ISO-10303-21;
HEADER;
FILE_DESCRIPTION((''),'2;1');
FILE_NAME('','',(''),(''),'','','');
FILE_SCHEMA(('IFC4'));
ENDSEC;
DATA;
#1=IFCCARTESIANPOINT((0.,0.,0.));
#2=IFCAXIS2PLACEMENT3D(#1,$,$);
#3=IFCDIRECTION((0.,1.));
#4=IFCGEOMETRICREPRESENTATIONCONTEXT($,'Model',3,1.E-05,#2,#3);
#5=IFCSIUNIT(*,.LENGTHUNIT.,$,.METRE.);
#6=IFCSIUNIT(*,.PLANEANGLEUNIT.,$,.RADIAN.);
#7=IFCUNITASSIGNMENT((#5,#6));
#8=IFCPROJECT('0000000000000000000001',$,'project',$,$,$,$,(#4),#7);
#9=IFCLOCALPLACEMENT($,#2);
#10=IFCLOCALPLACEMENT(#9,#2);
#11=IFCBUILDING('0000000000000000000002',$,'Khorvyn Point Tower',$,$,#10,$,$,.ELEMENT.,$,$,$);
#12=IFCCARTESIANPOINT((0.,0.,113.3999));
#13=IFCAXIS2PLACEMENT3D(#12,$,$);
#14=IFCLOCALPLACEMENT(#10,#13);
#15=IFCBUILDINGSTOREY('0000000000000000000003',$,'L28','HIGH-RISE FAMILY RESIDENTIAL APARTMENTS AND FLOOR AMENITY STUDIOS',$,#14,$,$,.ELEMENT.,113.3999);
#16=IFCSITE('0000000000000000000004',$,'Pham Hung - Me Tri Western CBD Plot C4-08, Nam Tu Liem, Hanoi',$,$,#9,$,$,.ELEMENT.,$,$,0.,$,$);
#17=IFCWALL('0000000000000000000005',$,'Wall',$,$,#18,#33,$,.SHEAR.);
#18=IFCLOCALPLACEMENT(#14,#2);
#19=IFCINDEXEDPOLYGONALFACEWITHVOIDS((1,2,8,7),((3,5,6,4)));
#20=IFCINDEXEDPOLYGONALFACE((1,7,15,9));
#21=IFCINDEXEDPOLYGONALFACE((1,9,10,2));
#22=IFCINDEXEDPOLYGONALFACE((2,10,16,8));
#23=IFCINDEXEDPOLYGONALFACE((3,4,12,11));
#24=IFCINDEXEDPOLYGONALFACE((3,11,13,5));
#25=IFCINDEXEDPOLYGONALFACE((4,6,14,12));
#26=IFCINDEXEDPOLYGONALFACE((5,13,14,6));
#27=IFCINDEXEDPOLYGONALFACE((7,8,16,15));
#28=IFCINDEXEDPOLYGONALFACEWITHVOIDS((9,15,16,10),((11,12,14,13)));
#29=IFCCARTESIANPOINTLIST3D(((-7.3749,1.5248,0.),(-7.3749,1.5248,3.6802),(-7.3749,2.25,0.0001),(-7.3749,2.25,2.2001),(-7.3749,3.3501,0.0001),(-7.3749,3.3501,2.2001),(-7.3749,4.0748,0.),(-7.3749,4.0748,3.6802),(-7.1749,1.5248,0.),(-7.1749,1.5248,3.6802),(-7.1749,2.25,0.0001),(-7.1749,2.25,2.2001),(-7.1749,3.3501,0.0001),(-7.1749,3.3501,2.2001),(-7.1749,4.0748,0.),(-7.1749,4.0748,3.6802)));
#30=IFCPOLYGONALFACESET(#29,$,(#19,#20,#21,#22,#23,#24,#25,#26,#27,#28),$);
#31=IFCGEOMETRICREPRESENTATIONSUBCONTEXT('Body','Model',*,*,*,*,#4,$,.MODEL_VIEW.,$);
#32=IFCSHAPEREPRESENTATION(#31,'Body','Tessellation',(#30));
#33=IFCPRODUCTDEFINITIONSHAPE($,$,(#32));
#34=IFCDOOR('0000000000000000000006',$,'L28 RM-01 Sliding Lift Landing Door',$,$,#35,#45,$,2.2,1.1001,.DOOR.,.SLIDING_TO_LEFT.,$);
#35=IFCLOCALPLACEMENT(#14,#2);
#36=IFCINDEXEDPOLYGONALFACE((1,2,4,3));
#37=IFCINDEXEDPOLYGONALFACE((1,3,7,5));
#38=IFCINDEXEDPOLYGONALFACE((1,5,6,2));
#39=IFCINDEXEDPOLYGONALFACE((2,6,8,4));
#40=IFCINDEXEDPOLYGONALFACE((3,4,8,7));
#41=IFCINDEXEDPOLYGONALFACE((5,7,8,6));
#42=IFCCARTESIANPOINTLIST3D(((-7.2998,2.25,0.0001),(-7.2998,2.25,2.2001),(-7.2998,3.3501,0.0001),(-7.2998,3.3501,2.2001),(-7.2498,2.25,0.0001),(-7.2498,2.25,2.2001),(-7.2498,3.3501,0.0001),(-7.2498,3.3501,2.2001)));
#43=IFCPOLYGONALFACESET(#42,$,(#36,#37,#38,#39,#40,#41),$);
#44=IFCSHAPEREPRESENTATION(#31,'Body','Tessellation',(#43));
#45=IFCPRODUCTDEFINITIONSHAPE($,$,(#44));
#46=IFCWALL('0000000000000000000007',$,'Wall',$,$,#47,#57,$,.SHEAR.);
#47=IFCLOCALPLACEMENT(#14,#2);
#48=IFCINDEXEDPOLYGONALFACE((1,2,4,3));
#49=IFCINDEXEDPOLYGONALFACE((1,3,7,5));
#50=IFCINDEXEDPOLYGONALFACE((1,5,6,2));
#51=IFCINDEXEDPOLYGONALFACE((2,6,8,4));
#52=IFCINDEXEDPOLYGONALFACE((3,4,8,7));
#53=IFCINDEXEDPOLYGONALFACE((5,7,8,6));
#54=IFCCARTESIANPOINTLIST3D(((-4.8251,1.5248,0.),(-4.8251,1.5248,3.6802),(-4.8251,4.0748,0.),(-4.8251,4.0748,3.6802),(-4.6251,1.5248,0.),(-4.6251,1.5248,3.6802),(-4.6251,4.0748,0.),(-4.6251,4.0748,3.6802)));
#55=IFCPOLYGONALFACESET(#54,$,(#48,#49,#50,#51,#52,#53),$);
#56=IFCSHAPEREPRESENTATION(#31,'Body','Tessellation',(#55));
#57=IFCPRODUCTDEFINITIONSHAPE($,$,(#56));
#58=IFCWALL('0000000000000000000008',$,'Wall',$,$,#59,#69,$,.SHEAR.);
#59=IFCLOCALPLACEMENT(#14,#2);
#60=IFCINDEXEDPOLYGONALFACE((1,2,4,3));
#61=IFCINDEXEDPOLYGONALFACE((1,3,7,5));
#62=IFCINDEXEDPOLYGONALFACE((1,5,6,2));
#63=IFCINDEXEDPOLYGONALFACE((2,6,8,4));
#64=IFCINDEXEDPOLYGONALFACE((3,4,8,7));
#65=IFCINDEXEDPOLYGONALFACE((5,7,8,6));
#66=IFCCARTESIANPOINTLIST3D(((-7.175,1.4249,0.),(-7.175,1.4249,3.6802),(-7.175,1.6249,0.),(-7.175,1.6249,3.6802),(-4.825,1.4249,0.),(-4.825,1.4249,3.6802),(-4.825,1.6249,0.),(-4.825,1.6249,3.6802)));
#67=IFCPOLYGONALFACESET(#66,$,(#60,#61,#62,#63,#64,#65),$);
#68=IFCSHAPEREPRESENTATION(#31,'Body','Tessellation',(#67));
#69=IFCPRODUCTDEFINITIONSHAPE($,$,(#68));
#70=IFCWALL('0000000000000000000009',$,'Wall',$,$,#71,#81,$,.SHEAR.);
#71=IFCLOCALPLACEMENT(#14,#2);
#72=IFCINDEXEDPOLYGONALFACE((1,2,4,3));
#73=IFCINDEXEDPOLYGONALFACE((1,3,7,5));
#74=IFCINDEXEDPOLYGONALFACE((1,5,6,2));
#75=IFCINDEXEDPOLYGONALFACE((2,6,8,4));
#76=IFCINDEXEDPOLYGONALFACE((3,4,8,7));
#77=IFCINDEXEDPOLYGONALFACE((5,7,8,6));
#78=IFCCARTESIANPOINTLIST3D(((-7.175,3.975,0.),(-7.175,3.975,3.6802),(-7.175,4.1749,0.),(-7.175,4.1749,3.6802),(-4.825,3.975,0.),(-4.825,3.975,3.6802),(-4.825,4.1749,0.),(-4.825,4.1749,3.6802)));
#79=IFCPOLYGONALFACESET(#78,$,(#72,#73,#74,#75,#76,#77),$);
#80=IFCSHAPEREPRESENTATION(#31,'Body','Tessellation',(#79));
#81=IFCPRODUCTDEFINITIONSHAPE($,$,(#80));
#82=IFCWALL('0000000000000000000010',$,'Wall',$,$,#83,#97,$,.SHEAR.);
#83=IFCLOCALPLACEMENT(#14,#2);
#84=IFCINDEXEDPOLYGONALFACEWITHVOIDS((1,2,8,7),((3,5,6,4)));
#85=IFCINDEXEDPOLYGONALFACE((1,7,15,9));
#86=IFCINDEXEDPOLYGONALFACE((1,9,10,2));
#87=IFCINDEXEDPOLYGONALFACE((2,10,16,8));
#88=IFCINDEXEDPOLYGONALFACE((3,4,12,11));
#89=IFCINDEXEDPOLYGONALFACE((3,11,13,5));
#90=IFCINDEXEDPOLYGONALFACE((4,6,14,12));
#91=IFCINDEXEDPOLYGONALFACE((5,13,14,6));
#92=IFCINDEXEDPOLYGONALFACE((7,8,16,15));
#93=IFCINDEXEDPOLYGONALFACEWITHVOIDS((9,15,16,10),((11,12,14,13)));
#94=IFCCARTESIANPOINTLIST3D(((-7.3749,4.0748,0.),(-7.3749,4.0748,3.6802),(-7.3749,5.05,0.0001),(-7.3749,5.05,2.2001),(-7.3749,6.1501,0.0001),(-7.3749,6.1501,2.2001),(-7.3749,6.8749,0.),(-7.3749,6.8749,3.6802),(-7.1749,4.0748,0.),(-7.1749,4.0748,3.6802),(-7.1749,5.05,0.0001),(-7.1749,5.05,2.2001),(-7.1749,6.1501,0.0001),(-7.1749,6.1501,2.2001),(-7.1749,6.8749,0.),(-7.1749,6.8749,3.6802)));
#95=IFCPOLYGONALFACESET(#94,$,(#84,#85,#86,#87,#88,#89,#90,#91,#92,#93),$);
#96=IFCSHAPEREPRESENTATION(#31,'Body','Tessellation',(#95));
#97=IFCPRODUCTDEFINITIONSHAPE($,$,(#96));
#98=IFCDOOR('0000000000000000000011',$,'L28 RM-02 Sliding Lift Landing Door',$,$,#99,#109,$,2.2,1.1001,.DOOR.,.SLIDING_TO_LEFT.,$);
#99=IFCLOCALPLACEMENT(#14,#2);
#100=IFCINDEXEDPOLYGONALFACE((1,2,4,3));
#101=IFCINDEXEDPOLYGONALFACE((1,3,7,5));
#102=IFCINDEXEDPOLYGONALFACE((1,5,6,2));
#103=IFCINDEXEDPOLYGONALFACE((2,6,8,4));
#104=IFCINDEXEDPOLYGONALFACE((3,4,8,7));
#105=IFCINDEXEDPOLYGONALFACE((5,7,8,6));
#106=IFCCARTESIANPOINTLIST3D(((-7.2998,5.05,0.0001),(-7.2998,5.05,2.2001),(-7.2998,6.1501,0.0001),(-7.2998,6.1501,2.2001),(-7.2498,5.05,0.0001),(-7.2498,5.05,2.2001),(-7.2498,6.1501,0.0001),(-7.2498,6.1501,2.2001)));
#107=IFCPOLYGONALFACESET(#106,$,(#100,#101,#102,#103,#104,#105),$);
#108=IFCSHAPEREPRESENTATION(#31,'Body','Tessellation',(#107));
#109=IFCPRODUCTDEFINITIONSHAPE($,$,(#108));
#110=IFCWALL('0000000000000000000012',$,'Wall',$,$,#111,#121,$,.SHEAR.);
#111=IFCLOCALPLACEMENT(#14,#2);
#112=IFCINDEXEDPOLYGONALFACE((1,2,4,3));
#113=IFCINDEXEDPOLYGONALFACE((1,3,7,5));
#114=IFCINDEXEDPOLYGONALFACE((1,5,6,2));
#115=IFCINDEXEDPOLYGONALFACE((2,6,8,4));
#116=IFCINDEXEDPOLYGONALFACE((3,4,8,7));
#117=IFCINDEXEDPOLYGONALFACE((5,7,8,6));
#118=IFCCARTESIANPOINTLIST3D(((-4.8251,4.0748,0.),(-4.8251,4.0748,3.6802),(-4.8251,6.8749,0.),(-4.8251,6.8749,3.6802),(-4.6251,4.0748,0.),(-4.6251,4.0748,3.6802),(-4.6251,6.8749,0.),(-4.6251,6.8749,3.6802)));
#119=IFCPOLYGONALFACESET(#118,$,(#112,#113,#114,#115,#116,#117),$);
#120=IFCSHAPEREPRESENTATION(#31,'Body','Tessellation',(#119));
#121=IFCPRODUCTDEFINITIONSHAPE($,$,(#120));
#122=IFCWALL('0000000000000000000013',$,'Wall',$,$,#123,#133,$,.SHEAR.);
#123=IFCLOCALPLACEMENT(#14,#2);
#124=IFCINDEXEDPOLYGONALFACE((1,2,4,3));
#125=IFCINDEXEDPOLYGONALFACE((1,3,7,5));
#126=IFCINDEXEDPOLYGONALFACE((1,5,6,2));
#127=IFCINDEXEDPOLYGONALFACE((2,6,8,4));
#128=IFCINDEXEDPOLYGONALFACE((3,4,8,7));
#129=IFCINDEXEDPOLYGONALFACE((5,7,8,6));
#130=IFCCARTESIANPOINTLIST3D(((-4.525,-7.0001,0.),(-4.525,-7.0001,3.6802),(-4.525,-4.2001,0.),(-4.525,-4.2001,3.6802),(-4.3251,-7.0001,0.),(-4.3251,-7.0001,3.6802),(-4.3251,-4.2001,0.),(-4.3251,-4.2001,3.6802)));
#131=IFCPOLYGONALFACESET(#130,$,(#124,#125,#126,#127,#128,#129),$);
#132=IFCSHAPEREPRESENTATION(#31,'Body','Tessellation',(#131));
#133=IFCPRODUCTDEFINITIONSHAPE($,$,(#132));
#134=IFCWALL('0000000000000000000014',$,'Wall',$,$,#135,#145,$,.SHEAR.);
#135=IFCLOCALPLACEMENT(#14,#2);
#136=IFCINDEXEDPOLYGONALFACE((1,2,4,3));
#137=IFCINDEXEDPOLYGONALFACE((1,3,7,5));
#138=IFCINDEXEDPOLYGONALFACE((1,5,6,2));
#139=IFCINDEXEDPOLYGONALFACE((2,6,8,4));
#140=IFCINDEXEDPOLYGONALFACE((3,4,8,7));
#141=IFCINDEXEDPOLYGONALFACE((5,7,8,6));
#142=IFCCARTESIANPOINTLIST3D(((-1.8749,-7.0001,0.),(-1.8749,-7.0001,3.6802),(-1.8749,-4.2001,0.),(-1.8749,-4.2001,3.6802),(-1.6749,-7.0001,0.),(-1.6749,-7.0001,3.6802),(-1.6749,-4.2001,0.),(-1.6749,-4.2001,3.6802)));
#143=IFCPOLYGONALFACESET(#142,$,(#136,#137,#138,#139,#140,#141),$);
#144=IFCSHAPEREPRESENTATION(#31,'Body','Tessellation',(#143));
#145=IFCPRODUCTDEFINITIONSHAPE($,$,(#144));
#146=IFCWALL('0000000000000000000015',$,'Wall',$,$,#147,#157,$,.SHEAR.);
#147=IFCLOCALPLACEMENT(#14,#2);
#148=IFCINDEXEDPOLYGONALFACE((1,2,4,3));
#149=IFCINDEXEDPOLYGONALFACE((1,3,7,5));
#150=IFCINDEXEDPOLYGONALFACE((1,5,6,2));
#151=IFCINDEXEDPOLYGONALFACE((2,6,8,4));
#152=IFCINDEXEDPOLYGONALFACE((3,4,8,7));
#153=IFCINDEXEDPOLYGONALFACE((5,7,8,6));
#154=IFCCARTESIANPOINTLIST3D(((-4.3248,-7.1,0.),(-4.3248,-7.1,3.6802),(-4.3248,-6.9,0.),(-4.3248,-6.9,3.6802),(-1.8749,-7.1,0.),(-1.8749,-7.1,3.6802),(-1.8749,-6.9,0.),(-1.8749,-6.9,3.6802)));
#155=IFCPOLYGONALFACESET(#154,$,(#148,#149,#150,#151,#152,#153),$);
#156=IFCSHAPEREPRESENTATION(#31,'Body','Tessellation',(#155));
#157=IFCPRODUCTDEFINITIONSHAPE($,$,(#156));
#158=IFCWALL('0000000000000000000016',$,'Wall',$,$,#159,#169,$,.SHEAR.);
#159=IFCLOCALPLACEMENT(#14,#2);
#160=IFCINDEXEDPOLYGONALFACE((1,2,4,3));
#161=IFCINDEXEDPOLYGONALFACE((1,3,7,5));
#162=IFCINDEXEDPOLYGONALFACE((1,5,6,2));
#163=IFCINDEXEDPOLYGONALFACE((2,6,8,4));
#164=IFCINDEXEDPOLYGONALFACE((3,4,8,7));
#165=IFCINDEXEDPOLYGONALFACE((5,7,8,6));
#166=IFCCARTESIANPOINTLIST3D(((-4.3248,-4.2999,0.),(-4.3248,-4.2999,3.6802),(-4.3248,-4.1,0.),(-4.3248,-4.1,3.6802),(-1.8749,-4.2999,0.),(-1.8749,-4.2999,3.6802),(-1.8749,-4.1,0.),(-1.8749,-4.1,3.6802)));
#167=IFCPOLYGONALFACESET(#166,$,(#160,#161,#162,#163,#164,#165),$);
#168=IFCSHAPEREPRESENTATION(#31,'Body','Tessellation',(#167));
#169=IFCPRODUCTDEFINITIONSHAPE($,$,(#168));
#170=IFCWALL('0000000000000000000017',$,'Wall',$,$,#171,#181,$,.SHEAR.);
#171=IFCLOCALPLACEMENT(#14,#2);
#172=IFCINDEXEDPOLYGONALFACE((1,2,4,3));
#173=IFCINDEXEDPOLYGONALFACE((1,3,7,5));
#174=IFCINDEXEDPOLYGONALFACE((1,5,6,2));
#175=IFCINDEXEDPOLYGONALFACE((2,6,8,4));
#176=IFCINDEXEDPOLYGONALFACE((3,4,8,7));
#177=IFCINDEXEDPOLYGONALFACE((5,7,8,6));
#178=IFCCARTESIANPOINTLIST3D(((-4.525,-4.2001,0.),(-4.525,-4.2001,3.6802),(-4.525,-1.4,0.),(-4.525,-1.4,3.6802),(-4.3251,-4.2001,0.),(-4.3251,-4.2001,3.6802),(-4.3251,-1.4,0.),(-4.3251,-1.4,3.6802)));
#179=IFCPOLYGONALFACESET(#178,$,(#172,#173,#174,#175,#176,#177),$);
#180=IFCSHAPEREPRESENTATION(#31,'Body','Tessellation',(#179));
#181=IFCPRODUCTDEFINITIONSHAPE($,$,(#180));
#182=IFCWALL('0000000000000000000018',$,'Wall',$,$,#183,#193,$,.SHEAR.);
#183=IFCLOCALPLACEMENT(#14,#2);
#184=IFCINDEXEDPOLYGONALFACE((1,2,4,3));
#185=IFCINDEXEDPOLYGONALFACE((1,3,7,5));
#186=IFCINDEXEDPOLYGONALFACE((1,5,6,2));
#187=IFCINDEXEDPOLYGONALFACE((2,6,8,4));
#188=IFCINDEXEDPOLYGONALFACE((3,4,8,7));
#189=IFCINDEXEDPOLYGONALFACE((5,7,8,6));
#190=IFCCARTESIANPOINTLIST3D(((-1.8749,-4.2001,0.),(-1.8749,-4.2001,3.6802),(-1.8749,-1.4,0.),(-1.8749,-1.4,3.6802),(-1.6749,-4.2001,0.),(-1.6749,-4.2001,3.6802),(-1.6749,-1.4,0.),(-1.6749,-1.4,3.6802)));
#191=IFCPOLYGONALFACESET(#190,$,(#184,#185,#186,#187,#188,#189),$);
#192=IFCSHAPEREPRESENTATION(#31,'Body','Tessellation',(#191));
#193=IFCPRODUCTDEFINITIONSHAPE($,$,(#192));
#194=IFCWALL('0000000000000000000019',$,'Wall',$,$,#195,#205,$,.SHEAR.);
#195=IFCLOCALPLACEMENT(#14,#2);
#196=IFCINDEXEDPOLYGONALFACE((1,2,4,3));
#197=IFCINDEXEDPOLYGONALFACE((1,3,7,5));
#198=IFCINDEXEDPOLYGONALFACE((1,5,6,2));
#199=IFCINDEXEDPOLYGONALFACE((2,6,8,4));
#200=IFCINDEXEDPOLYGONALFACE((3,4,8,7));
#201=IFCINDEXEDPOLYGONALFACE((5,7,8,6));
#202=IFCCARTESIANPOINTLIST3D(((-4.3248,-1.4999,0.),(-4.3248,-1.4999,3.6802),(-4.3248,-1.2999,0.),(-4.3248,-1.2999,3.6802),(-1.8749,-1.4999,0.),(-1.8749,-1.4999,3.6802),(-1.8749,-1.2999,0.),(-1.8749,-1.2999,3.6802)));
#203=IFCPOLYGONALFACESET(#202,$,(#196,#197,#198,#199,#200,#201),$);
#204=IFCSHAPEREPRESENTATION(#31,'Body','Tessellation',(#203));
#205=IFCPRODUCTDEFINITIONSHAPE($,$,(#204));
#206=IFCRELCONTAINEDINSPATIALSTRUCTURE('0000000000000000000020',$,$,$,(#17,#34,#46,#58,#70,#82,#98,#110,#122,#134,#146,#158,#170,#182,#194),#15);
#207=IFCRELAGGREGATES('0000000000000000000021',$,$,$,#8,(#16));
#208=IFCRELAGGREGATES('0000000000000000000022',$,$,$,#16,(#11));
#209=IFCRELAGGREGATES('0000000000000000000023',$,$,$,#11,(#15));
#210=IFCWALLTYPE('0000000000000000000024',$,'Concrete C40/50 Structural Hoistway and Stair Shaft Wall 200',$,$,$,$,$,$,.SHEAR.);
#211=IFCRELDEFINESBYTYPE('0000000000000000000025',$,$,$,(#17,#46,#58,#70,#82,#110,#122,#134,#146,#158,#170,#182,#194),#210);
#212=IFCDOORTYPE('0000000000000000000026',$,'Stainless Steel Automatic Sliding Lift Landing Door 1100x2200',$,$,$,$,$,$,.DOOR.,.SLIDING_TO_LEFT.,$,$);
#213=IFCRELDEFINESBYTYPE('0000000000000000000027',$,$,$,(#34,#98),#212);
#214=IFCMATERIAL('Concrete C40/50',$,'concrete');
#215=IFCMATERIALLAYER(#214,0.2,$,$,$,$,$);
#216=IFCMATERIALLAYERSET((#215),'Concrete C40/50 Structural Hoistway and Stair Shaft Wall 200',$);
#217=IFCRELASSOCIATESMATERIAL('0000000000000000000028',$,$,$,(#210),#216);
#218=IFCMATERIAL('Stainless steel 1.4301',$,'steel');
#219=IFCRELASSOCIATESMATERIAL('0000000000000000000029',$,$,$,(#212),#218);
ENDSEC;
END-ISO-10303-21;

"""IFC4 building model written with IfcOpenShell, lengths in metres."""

from ifc_helpers import new_model, si_unit, direction, frame, frame_2d, origin, place, context, subcontext, project, spatial, rectangle, extrude, material, layer, layer_set, type_object, element, fill, save


model = new_model("IFC4")

# Units and contexts
model_context = context("Model", 3, precision=1e-05, world=origin(), true_north=direction((0.0, 1.0)))
body_context = subcontext(model_context, "Body", "Model", "MODEL_VIEW")
ifc_project = project(units=[si_unit("LENGTHUNIT", "METRE"), si_unit("PLANEANGLEUNIT", "RADIAN")], contexts=[model_context])

# Site, building, storey
site_placement = place(None, origin())
site = spatial("IfcSite", under=ifc_project, at=site_placement, Name="Pham Hung - Me Tri Western CBD Plot C4-08, Nam Tu Liem, Hanoi", CompositionType="ELEMENT", RefElevation=0.0)
building_placement = place(site_placement, origin())
building = spatial("IfcBuilding", under=site, at=building_placement, Name="Khorvyn Point Tower", CompositionType="ELEMENT")
storey_placement = place(building_placement, frame((0.0, 0.0, 113.3999)))
storey = spatial("IfcBuildingStorey", under=building, at=storey_placement, Name="L28", Description="HIGH-RISE FAMILY RESIDENTIAL APARTMENTS AND FLOOR AMENITY STUDIOS", CompositionType="ELEMENT", Elevation=113.3999)

# Shared definitions
ifc_material_1 = material(Name="Concrete C40/50", Category="concrete")

# Wall, opening, door
ifc_layer_1 = layer(ifc_material_1, 0.2)
ifc_layer_set_1 = layer_set([ifc_layer_1], Name="Concrete C40/50 Structural Hoistway and Stair Shaft Wall 200")
wall_type_1 = type_object("IfcWallType", Name="Concrete C40/50 Structural Hoistway and Stair Shaft Wall 200", PredefinedType="SHEAR", material=ifc_layer_set_1)
wall_1_placement = place(storey_placement, frame((-7.2749, 1.5249, 0.0), z_axis=(0.0, 0.0, 1.0), x_axis=(0.0, 1.0, 0.0)))
wall_1 = element("IfcWall", 1, at=wall_1_placement, inside=storey, type_object=wall_type_1, Name="Wall", PredefinedType="SHEAR", context=body_context, shape_type="SweptSolid", body=[
    extrude(rectangle(XDim=2.55, YDim=0.2, at=frame_2d((1.2749, 0.0))), origin(), (0.0, 0.0, 1.0), 3.6802),
])
opening_1_placement = place(wall_1_placement, frame((0.7251, 0.0, 0.0)))
opening_1 = element("IfcOpeningElement", 2, at=opening_1_placement, cuts=wall_1, PredefinedType="OPENING", context=body_context, shape_type="SweptSolid", body=[
    extrude(rectangle(XDim=1.1001, YDim=2.2, at=frame_2d((0.55, 1.1001))), frame((0.0, 0.1099, 0.0), z_axis=(0.0, -1.0, 0.0), x_axis=(1.0, 0.0, 0.0)), (0.0, 0.0, 1.0), 0.22),
])
ifc_material_2 = material(Name="Stainless steel 1.4301", Category="steel")
door_type_1 = type_object("IfcDoorType", Name="Stainless Steel Automatic Sliding Lift Landing Door 1100x2200", OperationType="SLIDING_TO_LEFT", PredefinedType="DOOR", material=ifc_material_2)
door_1_placement = place(opening_1_placement, origin())
door_1 = element("IfcDoor", 3, at=door_1_placement, inside=storey, type_object=door_type_1, Name="L28 RM-01 Sliding Lift Landing Door", OperationType="SLIDING_TO_LEFT", OverallHeight=2.2, OverallWidth=1.1001, PredefinedType="DOOR", context=body_context, shape_type="SweptSolid", body=[
    extrude(rectangle(XDim=1.1001, YDim=2.2, at=frame_2d((0.55, 1.1001))), frame((0.0, 0.0249, 0.0), z_axis=(0.0, -1.0, 0.0), x_axis=(1.0, 0.0, 0.0)), (0.0, 0.0, 1.0), 0.05),
])
fill(opening_1, door_1)

# Walls
wall_2_placement = place(storey_placement, frame((-4.7251, 1.5249, 0.0), z_axis=(0.0, 0.0, 1.0), x_axis=(0.0, 1.0, 0.0)))
element("IfcWall", 4, at=wall_2_placement, inside=storey, type_object=wall_type_1, Name="Wall", PredefinedType="SHEAR", context=body_context, shape_type="SweptSolid", body=[
    extrude(rectangle(XDim=2.55, YDim=0.2, at=frame_2d((1.2749, 0.0))), origin(), (0.0, 0.0, 1.0), 3.6802),
])
for number, where, z_axis, x_axis, name in (
    (5, (-7.175, 1.5249, 0.0), (0.0, 0.0, 1.0), (1.0, 0.0, 0.0), "Wall"),
    (6, (-7.175, 4.075, 0.0), (0.0, 0.0, 1.0), (1.0, 0.0, 0.0), "Wall"),
):
    element("IfcWall", number, at=place(storey_placement, frame(where, z_axis=z_axis, x_axis=x_axis)), inside=storey, type_object=wall_type_1, Name=name, PredefinedType="SHEAR", context=body_context, shape_type="SweptSolid", body=[
        extrude(rectangle(XDim=2.3501, YDim=0.2, at=frame_2d((1.175, 0.0))), origin(), (0.0, 0.0, 1.0), 3.6802),
    ])

# Wall, opening, door
wall_3_placement = place(storey_placement, frame((-7.2749, 4.075, 0.0), z_axis=(0.0, 0.0, 1.0), x_axis=(0.0, 1.0, 0.0)))
wall_3 = element("IfcWall", 7, at=wall_3_placement, inside=storey, type_object=wall_type_1, Name="Wall", PredefinedType="SHEAR", context=body_context, shape_type="SweptSolid", body=[
    extrude(rectangle(XDim=2.8, YDim=0.2, at=frame_2d((1.3999, 0.0))), origin(), (0.0, 0.0, 1.0), 3.6802),
])
opening_2_placement = place(wall_3_placement, frame((0.9751, 0.0, 0.0)))
opening_2 = element("IfcOpeningElement", 8, at=opening_2_placement, cuts=wall_3, PredefinedType="OPENING", context=body_context, shape_type="SweptSolid", body=[
    extrude(rectangle(XDim=1.1001, YDim=2.2, at=frame_2d((0.55, 1.1001))), frame((0.0, 0.1099, 0.0), z_axis=(0.0, -1.0, 0.0), x_axis=(1.0, 0.0, 0.0)), (0.0, 0.0, 1.0), 0.22),
])
door_2_placement = place(opening_2_placement, origin())
door_2 = element("IfcDoor", 9, at=door_2_placement, inside=storey, type_object=door_type_1, Name="L28 RM-02 Sliding Lift Landing Door", OperationType="SLIDING_TO_LEFT", OverallHeight=2.2, OverallWidth=1.1001, PredefinedType="DOOR", context=body_context, shape_type="SweptSolid", body=[
    extrude(rectangle(XDim=1.1001, YDim=2.2, at=frame_2d((0.55, 1.1001))), frame((0.0, 0.0249, 0.0), z_axis=(0.0, -1.0, 0.0), x_axis=(1.0, 0.0, 0.0)), (0.0, 0.0, 1.0), 0.05),
])
fill(opening_2, door_2)

# Walls
for number, where, z_axis, x_axis, name in (
    (10, (-4.7251, 4.075, 0.0), (0.0, 0.0, 1.0), (0.0, 1.0, 0.0), "Wall"),
    (11, (-4.425, -7.0, 0.0), (0.0, 0.0, 1.0), (0.0, 1.0, 0.0), "Wall"),
    (12, (-1.7749, -7.0, 0.0), (0.0, 0.0, 1.0), (0.0, 1.0, 0.0), "Wall"),
):
    element("IfcWall", number, at=place(storey_placement, frame(where, z_axis=z_axis, x_axis=x_axis)), inside=storey, type_object=wall_type_1, Name=name, PredefinedType="SHEAR", context=body_context, shape_type="SweptSolid", body=[
        extrude(rectangle(XDim=2.8, YDim=0.2, at=frame_2d((1.3999, 0.0))), origin(), (0.0, 0.0, 1.0), 3.6802),
    ])
for number, where, z_axis, x_axis, name in (
    (13, (-4.325, -7.0, 0.0), (0.0, 0.0, 1.0), (1.0, 0.0, 0.0), "Wall"),
    (14, (-4.325, -4.2, 0.0), (0.0, 0.0, 1.0), (1.0, 0.0, 0.0), "Wall"),
):
    element("IfcWall", number, at=place(storey_placement, frame(where, z_axis=z_axis, x_axis=x_axis)), inside=storey, type_object=wall_type_1, Name=name, PredefinedType="SHEAR", context=body_context, shape_type="SweptSolid", body=[
        extrude(rectangle(XDim=2.45, YDim=0.2, at=frame_2d((1.2251, 0.0))), origin(), (0.0, 0.0, 1.0), 3.6802),
    ])
for number, where, z_axis, x_axis, name in (
    (15, (-4.425, -4.2, 0.0), (0.0, 0.0, 1.0), (0.0, 1.0, 0.0), "Wall"),
    (16, (-1.7749, -4.2, 0.0), (0.0, 0.0, 1.0), (0.0, 1.0, 0.0), "Wall"),
):
    element("IfcWall", number, at=place(storey_placement, frame(where, z_axis=z_axis, x_axis=x_axis)), inside=storey, type_object=wall_type_1, Name=name, PredefinedType="SHEAR", context=body_context, shape_type="SweptSolid", body=[
        extrude(rectangle(XDim=2.8, YDim=0.2, at=frame_2d((1.3999, 0.0))), origin(), (0.0, 0.0, 1.0), 3.6802),
    ])
wall_4_placement = place(storey_placement, frame((-4.325, -1.3999, 0.0), z_axis=(0.0, 0.0, 1.0), x_axis=(1.0, 0.0, 0.0)))
element("IfcWall", 17, at=wall_4_placement, inside=storey, type_object=wall_type_1, Name="Wall", PredefinedType="SHEAR", context=body_context, shape_type="SweptSolid", body=[
    extrude(rectangle(XDim=2.45, YDim=0.2, at=frame_2d((1.2251, 0.0))), origin(), (0.0, 0.0, 1.0), 3.6802),
])

save(model, "model.ifc")
